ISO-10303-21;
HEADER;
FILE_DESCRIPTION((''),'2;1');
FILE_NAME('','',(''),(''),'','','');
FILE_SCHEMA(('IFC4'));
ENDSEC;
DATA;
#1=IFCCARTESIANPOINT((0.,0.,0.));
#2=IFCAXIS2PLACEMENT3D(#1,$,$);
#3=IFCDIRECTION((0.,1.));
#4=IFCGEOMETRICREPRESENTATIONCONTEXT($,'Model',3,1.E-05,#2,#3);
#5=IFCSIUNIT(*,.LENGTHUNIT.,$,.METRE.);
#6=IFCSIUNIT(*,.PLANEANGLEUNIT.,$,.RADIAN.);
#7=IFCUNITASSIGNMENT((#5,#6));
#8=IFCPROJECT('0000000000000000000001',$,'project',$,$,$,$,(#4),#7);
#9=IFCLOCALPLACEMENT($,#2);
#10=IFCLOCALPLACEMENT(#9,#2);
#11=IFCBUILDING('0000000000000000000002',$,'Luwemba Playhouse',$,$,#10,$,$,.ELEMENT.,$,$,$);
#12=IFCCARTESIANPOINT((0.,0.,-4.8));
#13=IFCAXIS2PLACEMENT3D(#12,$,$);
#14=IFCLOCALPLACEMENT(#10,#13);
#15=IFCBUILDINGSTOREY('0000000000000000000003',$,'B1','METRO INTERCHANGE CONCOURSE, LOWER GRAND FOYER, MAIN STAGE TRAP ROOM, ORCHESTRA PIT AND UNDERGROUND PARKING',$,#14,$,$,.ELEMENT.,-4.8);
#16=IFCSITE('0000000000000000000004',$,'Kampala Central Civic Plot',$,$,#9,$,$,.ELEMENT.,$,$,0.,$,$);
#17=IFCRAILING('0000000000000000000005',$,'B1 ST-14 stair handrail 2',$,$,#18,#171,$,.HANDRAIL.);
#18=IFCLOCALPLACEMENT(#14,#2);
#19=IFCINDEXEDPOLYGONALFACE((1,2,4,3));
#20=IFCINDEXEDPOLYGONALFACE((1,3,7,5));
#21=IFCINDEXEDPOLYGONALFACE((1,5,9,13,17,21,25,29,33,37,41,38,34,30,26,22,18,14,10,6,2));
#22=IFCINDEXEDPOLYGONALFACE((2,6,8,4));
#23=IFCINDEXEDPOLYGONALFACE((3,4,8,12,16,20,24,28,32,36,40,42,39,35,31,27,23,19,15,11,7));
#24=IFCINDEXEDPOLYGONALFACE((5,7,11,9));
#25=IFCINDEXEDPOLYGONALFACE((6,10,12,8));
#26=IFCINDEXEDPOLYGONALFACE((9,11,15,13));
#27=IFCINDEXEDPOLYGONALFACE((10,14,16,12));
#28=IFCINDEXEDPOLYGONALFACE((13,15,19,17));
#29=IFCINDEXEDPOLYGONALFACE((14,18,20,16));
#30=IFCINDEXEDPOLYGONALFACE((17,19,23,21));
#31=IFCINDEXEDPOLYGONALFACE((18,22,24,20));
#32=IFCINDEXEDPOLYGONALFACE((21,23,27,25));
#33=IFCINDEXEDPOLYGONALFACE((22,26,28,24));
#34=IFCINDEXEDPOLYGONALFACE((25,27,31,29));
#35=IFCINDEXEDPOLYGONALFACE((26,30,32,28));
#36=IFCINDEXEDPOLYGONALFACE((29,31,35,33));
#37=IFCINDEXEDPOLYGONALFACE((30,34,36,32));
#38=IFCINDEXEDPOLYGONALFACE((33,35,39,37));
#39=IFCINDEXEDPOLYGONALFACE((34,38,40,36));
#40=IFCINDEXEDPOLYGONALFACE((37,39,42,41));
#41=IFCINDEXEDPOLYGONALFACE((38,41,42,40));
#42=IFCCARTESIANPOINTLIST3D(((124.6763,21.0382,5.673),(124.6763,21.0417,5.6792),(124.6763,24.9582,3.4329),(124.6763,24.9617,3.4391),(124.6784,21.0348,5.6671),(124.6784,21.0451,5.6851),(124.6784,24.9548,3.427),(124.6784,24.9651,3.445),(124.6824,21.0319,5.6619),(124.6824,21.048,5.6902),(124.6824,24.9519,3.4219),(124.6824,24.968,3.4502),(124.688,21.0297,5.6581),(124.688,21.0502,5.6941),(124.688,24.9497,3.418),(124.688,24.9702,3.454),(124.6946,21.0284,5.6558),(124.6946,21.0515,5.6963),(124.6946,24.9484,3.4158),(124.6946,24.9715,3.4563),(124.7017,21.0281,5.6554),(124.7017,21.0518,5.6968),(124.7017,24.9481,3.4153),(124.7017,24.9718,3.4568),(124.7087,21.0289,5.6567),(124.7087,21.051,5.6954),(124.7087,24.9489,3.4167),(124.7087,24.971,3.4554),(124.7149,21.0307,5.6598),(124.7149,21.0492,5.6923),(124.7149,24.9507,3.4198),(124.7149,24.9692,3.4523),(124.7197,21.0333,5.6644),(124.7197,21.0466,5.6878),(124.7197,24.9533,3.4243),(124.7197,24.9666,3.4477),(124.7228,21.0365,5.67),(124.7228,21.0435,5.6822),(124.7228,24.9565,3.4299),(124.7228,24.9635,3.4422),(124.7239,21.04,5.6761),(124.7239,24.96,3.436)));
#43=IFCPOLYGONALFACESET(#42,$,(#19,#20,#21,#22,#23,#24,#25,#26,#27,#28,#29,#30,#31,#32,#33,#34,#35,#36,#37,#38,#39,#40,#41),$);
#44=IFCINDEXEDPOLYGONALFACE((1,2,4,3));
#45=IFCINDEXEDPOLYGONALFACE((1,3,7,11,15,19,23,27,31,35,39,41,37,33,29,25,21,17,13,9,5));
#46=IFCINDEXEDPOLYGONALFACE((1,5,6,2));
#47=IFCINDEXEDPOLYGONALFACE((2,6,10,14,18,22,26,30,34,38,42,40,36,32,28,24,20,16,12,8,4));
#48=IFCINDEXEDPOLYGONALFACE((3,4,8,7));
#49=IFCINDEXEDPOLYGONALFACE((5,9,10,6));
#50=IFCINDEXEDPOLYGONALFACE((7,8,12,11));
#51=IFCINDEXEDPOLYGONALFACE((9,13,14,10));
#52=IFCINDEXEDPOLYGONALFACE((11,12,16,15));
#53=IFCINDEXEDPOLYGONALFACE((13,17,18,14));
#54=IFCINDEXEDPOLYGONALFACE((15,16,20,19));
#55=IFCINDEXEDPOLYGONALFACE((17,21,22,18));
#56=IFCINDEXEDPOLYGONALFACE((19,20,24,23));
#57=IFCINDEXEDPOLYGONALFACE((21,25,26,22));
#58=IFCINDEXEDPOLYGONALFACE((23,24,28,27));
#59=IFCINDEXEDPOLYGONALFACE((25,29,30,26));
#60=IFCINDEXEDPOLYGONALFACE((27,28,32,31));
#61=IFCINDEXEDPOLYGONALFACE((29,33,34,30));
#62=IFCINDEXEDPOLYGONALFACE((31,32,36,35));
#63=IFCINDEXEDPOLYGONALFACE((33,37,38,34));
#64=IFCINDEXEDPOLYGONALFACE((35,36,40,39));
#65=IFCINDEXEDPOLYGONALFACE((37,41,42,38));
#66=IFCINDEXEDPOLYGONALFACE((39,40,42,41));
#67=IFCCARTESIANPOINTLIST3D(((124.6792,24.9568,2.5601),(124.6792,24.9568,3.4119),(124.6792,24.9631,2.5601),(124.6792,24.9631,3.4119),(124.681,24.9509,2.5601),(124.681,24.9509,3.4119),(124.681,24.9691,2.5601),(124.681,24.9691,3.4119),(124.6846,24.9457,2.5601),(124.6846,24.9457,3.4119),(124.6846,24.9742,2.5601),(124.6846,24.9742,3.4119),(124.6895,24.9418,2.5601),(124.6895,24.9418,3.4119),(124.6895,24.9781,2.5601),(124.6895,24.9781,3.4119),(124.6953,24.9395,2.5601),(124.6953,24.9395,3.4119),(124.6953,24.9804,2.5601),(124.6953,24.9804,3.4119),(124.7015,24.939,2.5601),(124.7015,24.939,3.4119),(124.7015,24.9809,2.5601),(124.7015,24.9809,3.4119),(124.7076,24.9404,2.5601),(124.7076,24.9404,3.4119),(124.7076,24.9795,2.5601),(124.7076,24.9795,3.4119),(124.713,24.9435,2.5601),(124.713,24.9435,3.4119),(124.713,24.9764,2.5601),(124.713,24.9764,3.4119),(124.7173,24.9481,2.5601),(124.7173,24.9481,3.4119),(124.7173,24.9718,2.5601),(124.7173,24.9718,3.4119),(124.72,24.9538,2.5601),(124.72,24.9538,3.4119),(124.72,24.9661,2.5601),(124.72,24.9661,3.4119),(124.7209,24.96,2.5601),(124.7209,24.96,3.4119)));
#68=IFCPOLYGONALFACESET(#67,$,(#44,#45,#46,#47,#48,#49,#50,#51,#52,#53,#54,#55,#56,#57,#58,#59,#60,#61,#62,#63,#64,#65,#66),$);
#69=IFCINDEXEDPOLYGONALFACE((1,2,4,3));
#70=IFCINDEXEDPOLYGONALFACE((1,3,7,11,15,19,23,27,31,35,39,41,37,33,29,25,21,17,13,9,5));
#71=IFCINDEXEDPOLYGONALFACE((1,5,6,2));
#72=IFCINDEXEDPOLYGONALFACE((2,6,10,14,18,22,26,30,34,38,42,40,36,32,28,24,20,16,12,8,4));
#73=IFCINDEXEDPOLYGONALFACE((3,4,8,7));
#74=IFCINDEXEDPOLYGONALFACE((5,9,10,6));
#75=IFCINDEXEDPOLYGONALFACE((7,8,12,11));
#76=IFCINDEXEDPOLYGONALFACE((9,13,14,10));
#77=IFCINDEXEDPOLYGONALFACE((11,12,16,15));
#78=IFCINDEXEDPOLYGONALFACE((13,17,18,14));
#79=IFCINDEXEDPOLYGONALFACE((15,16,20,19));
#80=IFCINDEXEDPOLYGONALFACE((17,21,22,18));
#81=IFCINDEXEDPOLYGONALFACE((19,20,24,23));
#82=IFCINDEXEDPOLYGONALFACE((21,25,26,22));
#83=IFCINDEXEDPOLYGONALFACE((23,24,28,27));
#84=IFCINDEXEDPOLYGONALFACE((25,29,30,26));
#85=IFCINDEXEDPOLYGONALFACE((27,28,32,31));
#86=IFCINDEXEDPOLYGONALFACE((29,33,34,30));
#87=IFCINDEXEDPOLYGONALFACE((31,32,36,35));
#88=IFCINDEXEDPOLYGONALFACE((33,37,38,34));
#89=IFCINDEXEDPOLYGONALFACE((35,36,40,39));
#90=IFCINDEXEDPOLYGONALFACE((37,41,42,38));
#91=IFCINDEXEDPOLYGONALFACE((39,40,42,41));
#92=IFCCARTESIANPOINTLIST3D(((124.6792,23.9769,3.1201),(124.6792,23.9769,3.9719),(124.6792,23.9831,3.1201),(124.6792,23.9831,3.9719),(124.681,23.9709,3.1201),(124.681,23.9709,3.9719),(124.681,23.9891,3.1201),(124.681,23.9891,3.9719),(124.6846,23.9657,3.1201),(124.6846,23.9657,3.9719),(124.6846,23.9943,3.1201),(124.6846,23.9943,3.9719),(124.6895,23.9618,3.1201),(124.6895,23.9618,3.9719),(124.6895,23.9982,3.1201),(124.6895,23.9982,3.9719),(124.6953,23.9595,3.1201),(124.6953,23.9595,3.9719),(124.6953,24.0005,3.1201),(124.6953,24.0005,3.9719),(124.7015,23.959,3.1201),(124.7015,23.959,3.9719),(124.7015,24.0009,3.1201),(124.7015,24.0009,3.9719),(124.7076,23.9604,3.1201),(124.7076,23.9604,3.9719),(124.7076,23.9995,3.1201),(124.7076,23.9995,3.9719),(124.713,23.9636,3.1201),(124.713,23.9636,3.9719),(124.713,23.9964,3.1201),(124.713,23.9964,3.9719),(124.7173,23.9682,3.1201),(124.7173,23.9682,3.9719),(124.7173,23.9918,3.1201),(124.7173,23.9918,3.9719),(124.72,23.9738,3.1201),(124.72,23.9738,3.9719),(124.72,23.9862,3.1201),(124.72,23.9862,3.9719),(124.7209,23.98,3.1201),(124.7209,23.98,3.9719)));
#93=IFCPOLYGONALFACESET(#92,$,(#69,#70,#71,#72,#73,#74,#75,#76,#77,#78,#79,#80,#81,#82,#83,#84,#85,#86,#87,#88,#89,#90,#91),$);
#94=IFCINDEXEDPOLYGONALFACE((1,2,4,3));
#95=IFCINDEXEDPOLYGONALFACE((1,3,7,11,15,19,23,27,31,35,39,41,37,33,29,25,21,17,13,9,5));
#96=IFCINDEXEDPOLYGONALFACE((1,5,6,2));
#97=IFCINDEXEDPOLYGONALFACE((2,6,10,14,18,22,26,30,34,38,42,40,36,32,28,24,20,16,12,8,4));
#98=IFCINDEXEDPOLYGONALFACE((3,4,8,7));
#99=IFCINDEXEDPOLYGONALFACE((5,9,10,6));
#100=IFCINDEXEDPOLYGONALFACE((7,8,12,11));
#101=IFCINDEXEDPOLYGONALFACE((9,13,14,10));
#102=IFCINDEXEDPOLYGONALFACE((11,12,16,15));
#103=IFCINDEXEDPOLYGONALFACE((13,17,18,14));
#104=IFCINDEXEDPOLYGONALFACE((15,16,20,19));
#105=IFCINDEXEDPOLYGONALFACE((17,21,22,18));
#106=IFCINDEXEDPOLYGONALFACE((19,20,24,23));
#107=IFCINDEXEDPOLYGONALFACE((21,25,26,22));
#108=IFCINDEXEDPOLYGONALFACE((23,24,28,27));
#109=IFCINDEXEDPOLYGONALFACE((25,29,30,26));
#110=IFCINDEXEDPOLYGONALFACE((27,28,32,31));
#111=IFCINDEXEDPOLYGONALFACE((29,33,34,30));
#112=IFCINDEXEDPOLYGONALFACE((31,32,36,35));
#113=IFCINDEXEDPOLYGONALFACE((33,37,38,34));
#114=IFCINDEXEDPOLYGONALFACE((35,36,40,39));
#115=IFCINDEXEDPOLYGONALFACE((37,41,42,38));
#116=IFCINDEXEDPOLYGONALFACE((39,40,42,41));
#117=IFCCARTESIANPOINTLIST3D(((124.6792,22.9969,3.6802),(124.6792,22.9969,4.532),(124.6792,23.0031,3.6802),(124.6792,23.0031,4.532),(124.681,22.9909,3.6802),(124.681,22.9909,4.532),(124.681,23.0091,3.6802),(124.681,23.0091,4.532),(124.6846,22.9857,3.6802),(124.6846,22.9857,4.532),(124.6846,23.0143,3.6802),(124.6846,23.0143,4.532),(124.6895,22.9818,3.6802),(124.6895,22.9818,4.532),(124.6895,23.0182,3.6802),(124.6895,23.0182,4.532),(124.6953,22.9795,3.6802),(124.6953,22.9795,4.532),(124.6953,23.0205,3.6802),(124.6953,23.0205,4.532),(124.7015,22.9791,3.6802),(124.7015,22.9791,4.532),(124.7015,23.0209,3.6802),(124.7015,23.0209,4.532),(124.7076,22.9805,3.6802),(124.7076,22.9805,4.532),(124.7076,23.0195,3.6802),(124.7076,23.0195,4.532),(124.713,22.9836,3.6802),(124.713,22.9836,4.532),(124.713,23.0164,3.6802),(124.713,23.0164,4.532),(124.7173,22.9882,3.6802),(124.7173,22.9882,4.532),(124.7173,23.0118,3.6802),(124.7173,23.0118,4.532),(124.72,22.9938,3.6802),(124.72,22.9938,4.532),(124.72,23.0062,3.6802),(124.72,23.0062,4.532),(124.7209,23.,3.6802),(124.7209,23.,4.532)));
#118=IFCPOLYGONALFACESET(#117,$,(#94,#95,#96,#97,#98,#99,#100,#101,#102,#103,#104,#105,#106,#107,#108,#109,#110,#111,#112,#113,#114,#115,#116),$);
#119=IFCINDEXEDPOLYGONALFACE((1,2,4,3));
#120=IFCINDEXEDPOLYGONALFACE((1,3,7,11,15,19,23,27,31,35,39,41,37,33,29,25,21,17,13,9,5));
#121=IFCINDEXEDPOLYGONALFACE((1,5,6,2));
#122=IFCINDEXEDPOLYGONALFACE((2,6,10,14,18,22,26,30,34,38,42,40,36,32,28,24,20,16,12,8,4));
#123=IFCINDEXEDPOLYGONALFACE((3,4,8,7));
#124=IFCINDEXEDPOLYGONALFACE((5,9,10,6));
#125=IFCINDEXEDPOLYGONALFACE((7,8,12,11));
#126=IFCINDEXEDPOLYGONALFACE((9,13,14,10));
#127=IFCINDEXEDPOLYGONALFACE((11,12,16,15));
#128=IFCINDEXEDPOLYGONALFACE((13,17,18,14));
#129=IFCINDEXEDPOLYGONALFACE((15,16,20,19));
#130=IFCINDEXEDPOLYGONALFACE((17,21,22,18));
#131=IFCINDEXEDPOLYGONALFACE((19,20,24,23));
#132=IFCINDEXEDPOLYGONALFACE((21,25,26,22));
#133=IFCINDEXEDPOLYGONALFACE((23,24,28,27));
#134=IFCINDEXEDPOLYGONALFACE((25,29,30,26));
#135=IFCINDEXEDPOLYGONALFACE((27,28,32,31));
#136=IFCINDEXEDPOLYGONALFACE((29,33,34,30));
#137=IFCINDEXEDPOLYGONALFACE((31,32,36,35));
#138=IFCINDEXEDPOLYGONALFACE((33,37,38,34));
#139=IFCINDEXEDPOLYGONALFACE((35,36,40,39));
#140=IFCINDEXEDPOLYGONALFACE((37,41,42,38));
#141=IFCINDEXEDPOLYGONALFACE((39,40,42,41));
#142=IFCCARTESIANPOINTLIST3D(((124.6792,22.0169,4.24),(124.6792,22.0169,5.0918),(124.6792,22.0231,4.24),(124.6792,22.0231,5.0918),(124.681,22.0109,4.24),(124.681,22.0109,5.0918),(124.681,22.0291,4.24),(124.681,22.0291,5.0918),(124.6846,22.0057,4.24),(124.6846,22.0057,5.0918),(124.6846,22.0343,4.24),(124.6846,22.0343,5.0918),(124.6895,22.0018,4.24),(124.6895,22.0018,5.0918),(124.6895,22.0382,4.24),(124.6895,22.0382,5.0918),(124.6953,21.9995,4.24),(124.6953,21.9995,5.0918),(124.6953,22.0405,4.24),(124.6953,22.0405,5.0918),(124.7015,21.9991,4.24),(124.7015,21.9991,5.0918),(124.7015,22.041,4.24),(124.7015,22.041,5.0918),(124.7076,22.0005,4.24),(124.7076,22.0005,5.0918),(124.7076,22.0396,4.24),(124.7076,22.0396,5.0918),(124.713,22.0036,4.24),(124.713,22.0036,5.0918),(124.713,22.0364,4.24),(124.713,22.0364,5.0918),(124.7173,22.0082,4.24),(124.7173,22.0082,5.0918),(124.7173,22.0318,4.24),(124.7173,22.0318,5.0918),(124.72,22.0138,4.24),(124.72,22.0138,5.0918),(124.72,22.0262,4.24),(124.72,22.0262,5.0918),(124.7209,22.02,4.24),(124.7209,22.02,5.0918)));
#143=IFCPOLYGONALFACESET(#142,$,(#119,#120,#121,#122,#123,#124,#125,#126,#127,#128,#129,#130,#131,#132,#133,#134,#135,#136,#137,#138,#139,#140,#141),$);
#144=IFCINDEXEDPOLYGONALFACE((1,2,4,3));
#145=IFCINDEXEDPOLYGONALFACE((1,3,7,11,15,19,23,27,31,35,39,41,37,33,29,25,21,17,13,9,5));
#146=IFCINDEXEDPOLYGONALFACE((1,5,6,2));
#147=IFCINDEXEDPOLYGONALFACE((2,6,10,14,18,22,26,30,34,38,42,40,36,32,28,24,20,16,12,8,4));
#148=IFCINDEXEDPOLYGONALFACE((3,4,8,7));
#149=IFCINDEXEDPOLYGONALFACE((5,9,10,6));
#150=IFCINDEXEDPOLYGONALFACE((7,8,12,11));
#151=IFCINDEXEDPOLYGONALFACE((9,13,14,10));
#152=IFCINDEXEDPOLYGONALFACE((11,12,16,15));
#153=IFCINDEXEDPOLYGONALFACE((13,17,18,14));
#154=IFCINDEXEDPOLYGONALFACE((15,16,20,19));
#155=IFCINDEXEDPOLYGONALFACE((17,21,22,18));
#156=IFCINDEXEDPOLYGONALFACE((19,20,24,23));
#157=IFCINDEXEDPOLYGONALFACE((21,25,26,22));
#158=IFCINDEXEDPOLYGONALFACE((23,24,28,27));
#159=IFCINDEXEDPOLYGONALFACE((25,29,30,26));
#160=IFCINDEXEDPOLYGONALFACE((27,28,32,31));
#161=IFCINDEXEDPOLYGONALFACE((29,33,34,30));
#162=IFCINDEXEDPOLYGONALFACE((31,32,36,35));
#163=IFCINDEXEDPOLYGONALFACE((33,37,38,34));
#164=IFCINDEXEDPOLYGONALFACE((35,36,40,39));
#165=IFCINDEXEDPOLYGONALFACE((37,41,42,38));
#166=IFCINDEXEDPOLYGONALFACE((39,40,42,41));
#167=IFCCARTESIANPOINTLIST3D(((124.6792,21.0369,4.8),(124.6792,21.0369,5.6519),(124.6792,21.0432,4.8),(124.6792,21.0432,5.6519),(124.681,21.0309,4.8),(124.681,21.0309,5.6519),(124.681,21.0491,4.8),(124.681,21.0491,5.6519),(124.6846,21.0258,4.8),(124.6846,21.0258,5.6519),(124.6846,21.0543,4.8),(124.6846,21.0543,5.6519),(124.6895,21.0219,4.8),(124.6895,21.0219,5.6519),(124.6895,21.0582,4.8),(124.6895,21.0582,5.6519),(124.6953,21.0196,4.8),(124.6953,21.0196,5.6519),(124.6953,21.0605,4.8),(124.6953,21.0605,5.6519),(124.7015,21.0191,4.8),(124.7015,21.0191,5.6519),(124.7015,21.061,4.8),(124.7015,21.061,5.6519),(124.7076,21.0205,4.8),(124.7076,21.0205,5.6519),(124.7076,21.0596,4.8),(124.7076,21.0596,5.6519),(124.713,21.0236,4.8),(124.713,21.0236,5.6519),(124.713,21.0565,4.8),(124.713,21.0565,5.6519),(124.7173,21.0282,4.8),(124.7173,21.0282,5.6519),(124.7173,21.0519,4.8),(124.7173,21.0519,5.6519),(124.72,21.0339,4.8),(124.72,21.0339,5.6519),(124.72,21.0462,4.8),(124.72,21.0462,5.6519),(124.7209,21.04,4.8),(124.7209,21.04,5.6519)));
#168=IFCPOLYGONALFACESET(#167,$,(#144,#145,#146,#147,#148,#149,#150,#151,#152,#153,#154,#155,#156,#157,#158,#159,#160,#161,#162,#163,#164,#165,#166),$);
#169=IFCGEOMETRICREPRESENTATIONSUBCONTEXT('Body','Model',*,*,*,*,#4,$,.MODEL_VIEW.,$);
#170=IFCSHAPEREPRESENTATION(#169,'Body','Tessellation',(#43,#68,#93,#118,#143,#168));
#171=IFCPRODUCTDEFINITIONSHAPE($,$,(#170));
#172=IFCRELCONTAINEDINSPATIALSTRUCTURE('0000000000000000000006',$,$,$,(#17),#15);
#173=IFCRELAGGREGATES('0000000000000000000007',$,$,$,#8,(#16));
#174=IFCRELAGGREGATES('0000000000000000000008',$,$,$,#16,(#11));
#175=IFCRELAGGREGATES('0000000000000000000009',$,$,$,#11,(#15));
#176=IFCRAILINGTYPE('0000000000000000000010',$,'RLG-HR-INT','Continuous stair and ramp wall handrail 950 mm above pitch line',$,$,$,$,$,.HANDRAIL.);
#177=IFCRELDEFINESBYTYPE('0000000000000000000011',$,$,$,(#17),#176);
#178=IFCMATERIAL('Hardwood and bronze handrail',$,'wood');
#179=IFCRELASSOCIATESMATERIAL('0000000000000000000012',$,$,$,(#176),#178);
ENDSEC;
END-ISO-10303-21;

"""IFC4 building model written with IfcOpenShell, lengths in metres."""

from ifc_helpers import new_model, si_unit, direction, frame, origin, origin_2d, place, context, subcontext, project, spatial, circle, extrude, material, type_object, element, save


model = new_model("IFC4")

# Units and contexts
model_context = context("Model", 3, precision=1e-05, world=origin(), true_north=direction((0.0, 1.0)))
body_context = subcontext(model_context, "Body", "Model", "MODEL_VIEW")
ifc_project = project(units=[si_unit("LENGTHUNIT", "METRE"), si_unit("PLANEANGLEUNIT", "RADIAN")], contexts=[model_context])

# Site, building, storey
site_placement = place(None, origin())
site = spatial("IfcSite", under=ifc_project, at=site_placement, Name="Kampala Central Civic Plot", CompositionType="ELEMENT", RefElevation=0.0)
building_placement = place(site_placement, origin())
building = spatial("IfcBuilding", under=site, at=building_placement, Name="Luwemba Playhouse", CompositionType="ELEMENT")
storey_placement = place(building_placement, frame((0.0, 0.0, -4.8)))
storey = spatial("IfcBuildingStorey", under=building, at=storey_placement, Name="B1", Description="METRO INTERCHANGE CONCOURSE, LOWER GRAND FOYER, MAIN STAGE TRAP ROOM, ORCHESTRA PIT AND UNDERGROUND PARKING", CompositionType="ELEMENT", Elevation=-4.8)

# Railing
ifc_material_1 = material(Name="Hardwood and bronze handrail", Category="wood")
railing_type_1 = type_object("IfcRailingType", Name="RLG-HR-INT", Description="Continuous stair and ramp wall handrail 950 mm above pitch line", PredefinedType="HANDRAIL", material=ifc_material_1)
railing_1_placement = place(storey_placement, frame((124.7, 24.96, 2.5601)))
element("IfcRailing", 1, at=railing_1_placement, inside=storey, type_object=railing_type_1, Name="B1 ST-14 stair handrail 2", PredefinedType="HANDRAIL", context=body_context, shape_type="SweptSolid", body=[
    extrude(circle(Radius=0.0239, at=origin_2d()), frame((0.0, 0.0, 0.876), z_axis=(0.0, -0.86824, 0.496145), x_axis=(1.0, 0.0, 0.0)), (0.0, 0.0, 1.0), 4.5149),
    extrude(circle(Radius=0.021, at=origin_2d()), origin(), (0.0, 0.0, 1.0), 0.8518),
    extrude(circle(Radius=0.021, at=origin_2d()), frame((0.0, -0.98, 0.5601)), (0.0, 0.0, 1.0), 0.8518),
    extrude(circle(Radius=0.021, at=origin_2d()), frame((0.0, -1.96, 1.1201)), (0.0, 0.0, 1.0), 0.8518),
    extrude(circle(Radius=0.021, at=origin_2d()), frame((0.0, -2.9399, 1.6799)), (0.0, 0.0, 1.0), 0.8518),
    extrude(circle(Radius=0.021, at=origin_2d()), frame((0.0, -3.9199, 2.24)), (0.0, 0.0, 1.0), 0.8518),
])

save(model, "model.ifc")
